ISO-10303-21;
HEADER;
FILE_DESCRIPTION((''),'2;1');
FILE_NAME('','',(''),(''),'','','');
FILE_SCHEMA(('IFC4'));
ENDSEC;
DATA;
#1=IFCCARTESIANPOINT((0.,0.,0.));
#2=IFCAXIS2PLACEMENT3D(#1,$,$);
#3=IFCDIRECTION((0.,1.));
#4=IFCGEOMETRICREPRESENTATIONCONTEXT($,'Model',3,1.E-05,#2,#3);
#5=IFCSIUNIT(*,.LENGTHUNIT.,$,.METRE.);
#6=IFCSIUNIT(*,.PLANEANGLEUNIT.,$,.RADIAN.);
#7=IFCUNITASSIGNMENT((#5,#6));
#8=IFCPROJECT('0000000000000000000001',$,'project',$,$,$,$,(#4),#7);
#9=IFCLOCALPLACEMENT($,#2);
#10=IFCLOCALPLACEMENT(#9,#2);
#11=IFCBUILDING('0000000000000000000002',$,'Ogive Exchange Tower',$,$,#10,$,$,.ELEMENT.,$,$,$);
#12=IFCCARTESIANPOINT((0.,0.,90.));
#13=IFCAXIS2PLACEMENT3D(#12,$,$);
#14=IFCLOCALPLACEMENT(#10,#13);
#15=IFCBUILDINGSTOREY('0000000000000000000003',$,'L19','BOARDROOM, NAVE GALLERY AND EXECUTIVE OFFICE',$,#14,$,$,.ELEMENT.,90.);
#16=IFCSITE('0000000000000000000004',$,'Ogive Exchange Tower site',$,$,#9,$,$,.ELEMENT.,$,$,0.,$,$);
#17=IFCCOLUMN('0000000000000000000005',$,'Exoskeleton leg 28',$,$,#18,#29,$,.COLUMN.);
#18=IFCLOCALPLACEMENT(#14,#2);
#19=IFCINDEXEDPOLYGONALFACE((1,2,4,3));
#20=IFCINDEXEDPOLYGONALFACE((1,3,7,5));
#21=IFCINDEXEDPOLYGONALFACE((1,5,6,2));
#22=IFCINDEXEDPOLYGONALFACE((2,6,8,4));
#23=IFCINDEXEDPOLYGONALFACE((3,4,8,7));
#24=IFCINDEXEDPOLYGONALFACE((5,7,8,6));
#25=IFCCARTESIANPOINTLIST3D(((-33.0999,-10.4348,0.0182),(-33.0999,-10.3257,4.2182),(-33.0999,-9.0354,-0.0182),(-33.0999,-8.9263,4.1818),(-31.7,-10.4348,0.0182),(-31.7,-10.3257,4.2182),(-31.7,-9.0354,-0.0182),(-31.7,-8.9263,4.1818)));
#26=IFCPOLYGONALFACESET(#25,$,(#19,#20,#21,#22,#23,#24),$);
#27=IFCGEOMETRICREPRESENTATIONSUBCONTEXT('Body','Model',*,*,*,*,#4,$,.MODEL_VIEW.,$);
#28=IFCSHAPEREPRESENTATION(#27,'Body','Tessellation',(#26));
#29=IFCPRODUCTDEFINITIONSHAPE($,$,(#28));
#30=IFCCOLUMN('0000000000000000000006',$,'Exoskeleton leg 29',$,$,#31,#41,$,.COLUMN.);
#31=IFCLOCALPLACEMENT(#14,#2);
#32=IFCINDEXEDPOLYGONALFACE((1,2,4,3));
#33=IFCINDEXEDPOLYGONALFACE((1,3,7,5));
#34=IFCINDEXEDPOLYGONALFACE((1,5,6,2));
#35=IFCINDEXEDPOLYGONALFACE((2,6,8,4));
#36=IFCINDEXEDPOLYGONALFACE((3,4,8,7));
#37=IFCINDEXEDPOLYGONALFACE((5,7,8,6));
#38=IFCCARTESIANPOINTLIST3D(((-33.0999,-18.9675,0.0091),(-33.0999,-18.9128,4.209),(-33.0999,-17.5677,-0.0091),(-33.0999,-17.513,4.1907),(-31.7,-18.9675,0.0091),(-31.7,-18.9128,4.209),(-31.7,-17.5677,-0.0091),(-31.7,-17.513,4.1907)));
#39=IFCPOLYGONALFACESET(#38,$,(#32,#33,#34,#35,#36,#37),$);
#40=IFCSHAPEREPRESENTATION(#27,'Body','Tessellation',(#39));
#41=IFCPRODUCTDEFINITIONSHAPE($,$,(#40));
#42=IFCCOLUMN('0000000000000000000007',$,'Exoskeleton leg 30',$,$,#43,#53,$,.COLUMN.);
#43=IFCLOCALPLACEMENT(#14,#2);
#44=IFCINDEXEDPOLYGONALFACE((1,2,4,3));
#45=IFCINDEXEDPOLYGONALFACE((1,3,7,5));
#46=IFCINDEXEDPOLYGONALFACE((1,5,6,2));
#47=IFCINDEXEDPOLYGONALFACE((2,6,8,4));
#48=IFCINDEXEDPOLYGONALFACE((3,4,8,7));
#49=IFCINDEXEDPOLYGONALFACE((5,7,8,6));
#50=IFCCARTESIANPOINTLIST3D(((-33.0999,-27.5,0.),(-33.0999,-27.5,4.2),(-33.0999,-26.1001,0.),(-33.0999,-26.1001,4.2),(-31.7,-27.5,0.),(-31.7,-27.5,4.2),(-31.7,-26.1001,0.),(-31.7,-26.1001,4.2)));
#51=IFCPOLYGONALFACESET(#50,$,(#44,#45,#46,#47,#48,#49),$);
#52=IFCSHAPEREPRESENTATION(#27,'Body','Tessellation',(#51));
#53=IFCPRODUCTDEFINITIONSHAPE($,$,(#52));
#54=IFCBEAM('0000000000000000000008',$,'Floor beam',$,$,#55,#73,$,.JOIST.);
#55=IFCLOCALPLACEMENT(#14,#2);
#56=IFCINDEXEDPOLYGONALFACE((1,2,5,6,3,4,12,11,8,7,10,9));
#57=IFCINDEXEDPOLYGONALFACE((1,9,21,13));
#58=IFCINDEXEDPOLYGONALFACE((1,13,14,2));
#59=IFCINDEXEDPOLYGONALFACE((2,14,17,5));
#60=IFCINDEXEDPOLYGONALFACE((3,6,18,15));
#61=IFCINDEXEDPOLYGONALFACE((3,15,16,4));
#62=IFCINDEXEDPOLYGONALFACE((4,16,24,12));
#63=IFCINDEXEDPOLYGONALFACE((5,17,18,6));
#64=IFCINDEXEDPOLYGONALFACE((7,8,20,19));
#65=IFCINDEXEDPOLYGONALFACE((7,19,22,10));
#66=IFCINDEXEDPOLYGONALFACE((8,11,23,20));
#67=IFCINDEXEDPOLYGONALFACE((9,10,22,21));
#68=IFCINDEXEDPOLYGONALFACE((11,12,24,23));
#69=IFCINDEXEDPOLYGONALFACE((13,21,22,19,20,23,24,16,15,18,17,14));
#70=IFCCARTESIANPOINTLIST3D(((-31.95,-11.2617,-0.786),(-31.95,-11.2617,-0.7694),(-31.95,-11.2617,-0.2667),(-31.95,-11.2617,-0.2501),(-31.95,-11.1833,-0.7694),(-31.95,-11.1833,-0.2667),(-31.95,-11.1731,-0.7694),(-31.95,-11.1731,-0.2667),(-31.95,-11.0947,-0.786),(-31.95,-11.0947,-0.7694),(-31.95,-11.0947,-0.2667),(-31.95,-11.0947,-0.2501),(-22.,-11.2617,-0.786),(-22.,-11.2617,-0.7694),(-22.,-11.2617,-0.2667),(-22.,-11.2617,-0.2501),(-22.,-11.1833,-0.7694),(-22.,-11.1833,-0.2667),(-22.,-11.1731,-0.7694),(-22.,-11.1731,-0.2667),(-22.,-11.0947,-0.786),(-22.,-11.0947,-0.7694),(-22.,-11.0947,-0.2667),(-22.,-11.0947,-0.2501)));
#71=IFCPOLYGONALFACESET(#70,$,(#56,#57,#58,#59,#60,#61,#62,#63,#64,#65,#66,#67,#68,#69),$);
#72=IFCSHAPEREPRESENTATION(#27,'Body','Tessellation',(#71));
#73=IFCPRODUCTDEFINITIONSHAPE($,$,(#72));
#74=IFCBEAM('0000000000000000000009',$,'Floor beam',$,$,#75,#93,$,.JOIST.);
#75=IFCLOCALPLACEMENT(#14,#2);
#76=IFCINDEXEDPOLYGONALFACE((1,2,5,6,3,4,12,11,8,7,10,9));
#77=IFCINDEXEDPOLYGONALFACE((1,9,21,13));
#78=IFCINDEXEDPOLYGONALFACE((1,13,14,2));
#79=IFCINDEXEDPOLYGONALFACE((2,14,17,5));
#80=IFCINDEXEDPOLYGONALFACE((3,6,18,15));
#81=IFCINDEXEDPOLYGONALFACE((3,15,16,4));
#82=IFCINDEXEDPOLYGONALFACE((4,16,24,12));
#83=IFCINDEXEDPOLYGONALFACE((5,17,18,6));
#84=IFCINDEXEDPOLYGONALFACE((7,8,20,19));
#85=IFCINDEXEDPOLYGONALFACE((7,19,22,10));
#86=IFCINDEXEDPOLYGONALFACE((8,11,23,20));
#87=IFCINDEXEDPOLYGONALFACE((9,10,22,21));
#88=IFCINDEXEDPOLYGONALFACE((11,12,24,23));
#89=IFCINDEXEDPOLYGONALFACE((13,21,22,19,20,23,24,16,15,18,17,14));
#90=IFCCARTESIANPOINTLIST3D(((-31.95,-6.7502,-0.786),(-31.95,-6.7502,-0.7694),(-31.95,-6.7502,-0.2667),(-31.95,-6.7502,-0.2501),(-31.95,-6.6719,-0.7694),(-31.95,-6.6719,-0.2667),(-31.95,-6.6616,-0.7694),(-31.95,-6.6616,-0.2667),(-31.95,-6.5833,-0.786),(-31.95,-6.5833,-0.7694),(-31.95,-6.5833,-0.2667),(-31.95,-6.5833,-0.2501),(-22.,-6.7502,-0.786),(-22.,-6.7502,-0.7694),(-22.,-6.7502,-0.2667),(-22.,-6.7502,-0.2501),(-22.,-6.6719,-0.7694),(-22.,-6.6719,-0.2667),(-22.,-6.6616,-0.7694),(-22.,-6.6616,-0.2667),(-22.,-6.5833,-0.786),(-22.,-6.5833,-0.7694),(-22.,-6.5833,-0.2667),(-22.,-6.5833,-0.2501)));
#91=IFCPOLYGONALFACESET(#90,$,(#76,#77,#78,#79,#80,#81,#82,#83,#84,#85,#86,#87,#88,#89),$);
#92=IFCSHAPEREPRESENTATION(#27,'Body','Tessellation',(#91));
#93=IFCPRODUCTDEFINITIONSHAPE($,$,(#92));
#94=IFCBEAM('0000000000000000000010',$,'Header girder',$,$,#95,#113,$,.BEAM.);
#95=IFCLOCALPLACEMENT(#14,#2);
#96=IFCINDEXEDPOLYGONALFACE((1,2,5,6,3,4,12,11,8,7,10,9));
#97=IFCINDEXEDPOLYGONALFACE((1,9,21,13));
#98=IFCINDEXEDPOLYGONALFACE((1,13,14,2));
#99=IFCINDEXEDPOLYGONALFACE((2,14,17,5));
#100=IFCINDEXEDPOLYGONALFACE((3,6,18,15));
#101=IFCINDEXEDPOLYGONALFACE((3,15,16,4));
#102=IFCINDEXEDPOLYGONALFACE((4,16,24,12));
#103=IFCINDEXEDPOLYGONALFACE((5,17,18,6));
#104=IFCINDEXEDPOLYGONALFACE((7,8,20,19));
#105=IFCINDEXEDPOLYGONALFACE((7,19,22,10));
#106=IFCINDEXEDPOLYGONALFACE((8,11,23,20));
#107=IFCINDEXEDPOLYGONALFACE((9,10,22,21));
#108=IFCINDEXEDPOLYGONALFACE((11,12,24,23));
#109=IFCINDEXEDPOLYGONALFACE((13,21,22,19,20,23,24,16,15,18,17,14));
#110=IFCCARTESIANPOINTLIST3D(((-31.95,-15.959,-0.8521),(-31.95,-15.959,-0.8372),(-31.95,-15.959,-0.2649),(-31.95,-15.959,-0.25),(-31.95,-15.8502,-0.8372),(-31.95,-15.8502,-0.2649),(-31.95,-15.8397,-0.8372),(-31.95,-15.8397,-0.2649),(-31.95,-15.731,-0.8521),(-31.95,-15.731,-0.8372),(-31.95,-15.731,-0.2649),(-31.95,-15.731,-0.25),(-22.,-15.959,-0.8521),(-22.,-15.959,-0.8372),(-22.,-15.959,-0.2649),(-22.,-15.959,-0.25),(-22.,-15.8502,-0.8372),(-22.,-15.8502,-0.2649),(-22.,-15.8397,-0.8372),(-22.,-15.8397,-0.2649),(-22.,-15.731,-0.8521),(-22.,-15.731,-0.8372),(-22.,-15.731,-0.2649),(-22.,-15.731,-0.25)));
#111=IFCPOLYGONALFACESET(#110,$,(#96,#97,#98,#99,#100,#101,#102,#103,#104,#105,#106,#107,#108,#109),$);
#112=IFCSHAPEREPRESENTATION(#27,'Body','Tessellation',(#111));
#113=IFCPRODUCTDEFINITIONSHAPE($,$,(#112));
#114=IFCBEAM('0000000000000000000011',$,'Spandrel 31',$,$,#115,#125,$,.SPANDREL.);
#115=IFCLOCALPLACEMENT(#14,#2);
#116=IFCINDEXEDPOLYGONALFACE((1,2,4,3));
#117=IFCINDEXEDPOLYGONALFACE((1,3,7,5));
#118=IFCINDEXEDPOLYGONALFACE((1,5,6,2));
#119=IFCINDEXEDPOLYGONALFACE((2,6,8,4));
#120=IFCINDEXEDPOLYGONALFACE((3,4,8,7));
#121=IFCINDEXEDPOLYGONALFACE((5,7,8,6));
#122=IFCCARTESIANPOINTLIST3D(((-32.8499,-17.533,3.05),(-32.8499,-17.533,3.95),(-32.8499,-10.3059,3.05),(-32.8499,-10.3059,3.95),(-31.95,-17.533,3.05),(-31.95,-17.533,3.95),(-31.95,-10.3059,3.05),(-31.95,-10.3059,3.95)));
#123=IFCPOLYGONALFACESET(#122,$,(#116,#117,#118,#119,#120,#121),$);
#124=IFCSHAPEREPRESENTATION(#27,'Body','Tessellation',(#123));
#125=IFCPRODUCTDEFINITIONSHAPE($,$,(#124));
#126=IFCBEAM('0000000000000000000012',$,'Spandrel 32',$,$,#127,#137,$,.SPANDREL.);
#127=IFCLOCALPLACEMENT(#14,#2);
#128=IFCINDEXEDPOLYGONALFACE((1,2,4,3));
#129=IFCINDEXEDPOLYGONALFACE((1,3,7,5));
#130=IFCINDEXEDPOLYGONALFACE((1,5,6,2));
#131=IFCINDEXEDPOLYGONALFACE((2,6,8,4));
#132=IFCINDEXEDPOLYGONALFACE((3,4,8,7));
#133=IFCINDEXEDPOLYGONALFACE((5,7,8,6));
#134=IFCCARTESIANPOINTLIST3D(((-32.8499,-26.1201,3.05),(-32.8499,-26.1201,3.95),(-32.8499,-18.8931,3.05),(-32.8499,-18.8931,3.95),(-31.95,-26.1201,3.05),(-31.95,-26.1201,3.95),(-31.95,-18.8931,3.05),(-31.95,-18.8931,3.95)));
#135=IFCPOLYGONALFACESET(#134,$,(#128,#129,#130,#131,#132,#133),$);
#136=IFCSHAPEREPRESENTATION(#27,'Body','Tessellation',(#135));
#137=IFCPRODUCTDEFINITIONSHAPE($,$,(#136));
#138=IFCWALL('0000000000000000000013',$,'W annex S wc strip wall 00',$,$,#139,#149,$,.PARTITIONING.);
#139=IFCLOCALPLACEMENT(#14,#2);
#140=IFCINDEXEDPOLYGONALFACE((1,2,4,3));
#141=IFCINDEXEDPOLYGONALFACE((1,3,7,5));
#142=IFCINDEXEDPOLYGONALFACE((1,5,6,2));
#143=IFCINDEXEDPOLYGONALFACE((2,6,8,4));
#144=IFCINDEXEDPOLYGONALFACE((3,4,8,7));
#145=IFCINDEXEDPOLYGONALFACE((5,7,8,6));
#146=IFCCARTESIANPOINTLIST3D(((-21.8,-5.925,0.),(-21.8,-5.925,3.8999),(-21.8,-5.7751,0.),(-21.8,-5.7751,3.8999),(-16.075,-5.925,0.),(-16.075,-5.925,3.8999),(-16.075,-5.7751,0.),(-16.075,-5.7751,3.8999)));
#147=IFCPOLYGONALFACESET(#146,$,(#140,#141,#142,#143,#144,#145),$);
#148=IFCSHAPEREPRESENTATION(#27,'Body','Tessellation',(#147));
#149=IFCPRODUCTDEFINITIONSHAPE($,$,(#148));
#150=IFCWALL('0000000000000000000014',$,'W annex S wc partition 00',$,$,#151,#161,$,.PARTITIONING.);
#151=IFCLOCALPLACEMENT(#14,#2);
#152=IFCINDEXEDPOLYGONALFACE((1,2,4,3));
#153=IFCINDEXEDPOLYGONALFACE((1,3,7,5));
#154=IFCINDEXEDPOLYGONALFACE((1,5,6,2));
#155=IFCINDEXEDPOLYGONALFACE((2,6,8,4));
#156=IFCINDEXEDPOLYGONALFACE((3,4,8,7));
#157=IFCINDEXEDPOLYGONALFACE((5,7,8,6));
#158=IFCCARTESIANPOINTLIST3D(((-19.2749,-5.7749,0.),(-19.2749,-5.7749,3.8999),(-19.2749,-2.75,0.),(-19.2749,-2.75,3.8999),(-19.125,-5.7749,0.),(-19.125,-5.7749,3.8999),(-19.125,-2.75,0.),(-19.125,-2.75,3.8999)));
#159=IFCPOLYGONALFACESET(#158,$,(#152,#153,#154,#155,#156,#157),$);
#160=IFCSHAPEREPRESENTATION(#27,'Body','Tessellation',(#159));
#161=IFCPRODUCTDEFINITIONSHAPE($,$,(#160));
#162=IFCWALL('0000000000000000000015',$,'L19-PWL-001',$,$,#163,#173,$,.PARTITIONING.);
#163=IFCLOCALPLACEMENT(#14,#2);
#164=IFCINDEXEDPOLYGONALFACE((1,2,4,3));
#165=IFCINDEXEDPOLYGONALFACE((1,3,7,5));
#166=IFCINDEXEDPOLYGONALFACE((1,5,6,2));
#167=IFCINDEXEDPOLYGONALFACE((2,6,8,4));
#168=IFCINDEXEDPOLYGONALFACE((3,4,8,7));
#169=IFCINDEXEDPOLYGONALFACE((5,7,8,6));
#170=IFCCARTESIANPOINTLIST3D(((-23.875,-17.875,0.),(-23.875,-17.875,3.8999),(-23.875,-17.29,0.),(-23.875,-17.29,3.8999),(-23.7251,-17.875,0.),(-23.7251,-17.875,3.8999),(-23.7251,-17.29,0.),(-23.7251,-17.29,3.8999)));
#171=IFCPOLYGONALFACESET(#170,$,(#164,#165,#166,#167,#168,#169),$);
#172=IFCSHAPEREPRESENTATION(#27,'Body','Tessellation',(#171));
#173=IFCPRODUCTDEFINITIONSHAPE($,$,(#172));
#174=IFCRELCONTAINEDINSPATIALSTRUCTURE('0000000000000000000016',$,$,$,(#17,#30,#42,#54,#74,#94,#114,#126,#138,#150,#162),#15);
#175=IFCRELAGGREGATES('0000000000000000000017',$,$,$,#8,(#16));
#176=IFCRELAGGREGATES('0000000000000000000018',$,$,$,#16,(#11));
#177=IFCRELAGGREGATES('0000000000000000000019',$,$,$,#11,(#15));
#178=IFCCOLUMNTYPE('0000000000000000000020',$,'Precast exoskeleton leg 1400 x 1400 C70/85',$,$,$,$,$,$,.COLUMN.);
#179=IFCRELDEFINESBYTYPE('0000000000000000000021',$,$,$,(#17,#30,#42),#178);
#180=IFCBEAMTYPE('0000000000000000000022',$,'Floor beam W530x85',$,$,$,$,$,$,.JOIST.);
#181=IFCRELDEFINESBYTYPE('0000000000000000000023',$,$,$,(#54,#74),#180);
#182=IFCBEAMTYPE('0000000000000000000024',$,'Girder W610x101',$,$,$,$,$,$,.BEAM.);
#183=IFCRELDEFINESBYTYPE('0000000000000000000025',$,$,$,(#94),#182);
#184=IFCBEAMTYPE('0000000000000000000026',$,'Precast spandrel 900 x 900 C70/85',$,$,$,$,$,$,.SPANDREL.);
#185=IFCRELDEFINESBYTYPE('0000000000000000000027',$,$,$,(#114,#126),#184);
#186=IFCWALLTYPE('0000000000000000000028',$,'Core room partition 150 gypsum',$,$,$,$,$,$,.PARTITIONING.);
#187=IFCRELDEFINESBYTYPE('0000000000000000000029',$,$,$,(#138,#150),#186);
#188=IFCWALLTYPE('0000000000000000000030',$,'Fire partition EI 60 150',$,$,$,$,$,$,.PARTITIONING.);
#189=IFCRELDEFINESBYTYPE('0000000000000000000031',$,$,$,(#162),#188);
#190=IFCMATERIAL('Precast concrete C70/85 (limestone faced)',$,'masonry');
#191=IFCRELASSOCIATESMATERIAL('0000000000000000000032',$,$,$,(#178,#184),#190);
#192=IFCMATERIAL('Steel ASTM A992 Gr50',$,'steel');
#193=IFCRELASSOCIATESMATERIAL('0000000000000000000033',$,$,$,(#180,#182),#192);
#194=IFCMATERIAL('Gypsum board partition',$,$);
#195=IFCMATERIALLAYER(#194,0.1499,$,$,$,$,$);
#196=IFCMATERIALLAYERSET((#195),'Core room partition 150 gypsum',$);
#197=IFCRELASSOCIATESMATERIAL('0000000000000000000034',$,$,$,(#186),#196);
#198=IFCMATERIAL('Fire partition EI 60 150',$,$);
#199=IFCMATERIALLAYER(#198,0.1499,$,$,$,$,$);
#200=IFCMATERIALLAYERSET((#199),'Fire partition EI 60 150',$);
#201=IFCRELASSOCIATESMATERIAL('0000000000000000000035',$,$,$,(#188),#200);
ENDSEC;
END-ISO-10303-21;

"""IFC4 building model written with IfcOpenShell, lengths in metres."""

from ifc_helpers import new_model, si_unit, direction, frame, frame_2d, origin, origin_2d, place, context, subcontext, project, spatial, rectangle, i_section, extrude, material, layer, layer_set, material_profile, profile_set, type_object, element, save


model = new_model("IFC4")

# Units and contexts
model_context = context("Model", 3, precision=1e-05, world=origin(), true_north=direction((0.0, 1.0)))
body_context = subcontext(model_context, "Body", "Model", "MODEL_VIEW")
ifc_project = project(units=[si_unit("LENGTHUNIT", "METRE"), si_unit("PLANEANGLEUNIT", "RADIAN")], contexts=[model_context])

# Site, building, storey
site_placement = place(None, origin())
site = spatial("IfcSite", under=ifc_project, at=site_placement, Name="Ogive Exchange Tower site", CompositionType="ELEMENT", RefElevation=0.0)
building_placement = place(site_placement, origin())
building = spatial("IfcBuilding", under=site, at=building_placement, Name="Ogive Exchange Tower", CompositionType="ELEMENT")
storey_placement = place(building_placement, frame((0.0, 0.0, 90.0)))
storey = spatial("IfcBuildingStorey", under=building, at=storey_placement, Name="L19", Description="BOARDROOM, NAVE GALLERY AND EXECUTIVE OFFICE", CompositionType="ELEMENT", Elevation=90.0)

# Columns
ifc_material_1 = material(Name="Precast concrete C70/85 (limestone faced)", Category="masonry")
ifc_material_profile_1 = material_profile(ifc_material_1, rectangle(XDim=1.3999, YDim=1.3999, at=origin_2d()), Name="1400 x 1400")
ifc_profile_set_1 = profile_set([ifc_material_profile_1], Name="Precast concrete C70/85 (limestone faced)")
column_type = type_object("IfcColumnType", Name="Precast exoskeleton leg 1400 x 1400 C70/85", PredefinedType="COLUMN", material=ifc_profile_set_1)
column_1_placement = place(storey_placement, frame((-32.3999, -9.7351, 0.0), z_axis=(0.0, 0.025975, 0.999663), x_axis=(-1.0, 0.0, 0.0)))
element("IfcColumn", 1, at=column_1_placement, inside=storey, type_object=column_type, Name="Exoskeleton leg 28", PredefinedType="COLUMN", context=body_context, shape_type="SweptSolid", body=[
    extrude(rectangle(XDim=1.3999, YDim=1.3999, at=origin_2d()), origin(), (0.0, 0.0, 1.0), 4.2014),
])
column_2_placement = place(storey_placement, frame((-32.3999, -18.2676, 0.0), z_axis=(0.0, 0.01302, 0.999915), x_axis=(-1.0, 0.0, 0.0)))
element("IfcColumn", 2, at=column_2_placement, inside=storey, type_object=column_type, Name="Exoskeleton leg 29", PredefinedType="COLUMN", context=body_context, shape_type="SweptSolid", body=[
    extrude(rectangle(XDim=1.3999, YDim=1.3999, at=origin_2d()), origin(), (0.0, 0.0, 1.0), 4.2002),
])
column_3_placement = place(storey_placement, frame((-32.3999, -26.8, 0.0), z_axis=(0.0, 0.0, 1.0), x_axis=(1.0, 0.0, 0.0)))
element("IfcColumn", 3, at=column_3_placement, inside=storey, type_object=column_type, Name="Exoskeleton leg 30", PredefinedType="COLUMN", context=body_context, shape_type="SweptSolid", body=[
    extrude(rectangle(XDim=1.3999, YDim=1.3999, at=origin_2d()), origin(), (0.0, 0.0, 1.0), 4.2),
])

# Beams
ifc_material_2 = material(Name="Steel ASTM A992 Gr50", Category="steel")
ifc_material_profile_2 = material_profile(ifc_material_2, i_section(OverallWidth=0.167, OverallDepth=0.5359, WebThickness=0.0103, FlangeThickness=0.0166, at=origin_2d()), Name="W530x85")
ifc_profile_set_2 = profile_set([ifc_material_profile_2], Name="Steel ASTM A992 Gr50")
beam_type_1 = type_object("IfcBeamType", Name="Floor beam W530x85", PredefinedType="JOIST", material=ifc_profile_set_2)
for number, where, z_axis, x_axis, name in (
    (4, (-31.95, -11.1782, -0.5181), (1.0, 0.0, 0.0), (0.0, 1.0, 0.0), "Floor beam"),
    (5, (-31.95, -6.6667, -0.5181), (1.0, 0.0, 0.0), (0.0, 1.0, 0.0), "Floor beam"),
):
    element("IfcBeam", number, at=place(storey_placement, frame(where, z_axis=z_axis, x_axis=x_axis)), inside=storey, type_object=beam_type_1, Name=name, PredefinedType="JOIST", context=body_context, shape_type="SweptSolid", body=[
        extrude(i_section(OverallWidth=0.167, OverallDepth=0.5359, WebThickness=0.0103, FlangeThickness=0.0166, at=origin_2d()), origin(), (0.0, 0.0, 1.0), 9.95),
    ])
ifc_material_profile_3 = material_profile(ifc_material_2, i_section(OverallWidth=0.228, OverallDepth=0.6021, WebThickness=0.0105, FlangeThickness=0.0149, at=origin_2d()), Name="W610x101")
ifc_profile_set_3 = profile_set([ifc_material_profile_3], Name="Steel ASTM A992 Gr50")
beam_type_2 = type_object("IfcBeamType", Name="Girder W610x101", PredefinedType="BEAM", material=ifc_profile_set_3)
beam_placement = place(storey_placement, frame((-31.95, -15.845, -0.551), z_axis=(1.0, 0.0, 0.0), x_axis=(0.0, 1.0, 0.0)))
element("IfcBeam", 6, at=beam_placement, inside=storey, type_object=beam_type_2, Name="Header girder", PredefinedType="BEAM", context=body_context, shape_type="SweptSolid", body=[
    extrude(i_section(OverallWidth=0.228, OverallDepth=0.6021, WebThickness=0.0105, FlangeThickness=0.0149, at=origin_2d()), origin(), (0.0, 0.0, 1.0), 9.95),
])
ifc_material_profile_4 = material_profile(ifc_material_1, rectangle(XDim=0.8999, YDim=0.8999, at=origin_2d()), Name="900 x 900")
ifc_profile_set_4 = profile_set([ifc_material_profile_4], Name="Precast concrete C70/85 (limestone faced)")
beam_type_3 = type_object("IfcBeamType", Name="Precast spandrel 900 x 900 C70/85", PredefinedType="SPANDREL", material=ifc_profile_set_4)
for number, where, z_axis, x_axis, name in (
    (7, (-32.3999, -10.3059, 3.5), (0.0, -1.0, 0.0), (1.0, 0.0, 0.0), "Spandrel 31"),
    (8, (-32.3999, -18.8931, 3.5), (0.0, -1.0, 0.0), (1.0, 0.0, 0.0), "Spandrel 32"),
):
    element("IfcBeam", number, at=place(storey_placement, frame(where, z_axis=z_axis, x_axis=x_axis)), inside=storey, type_object=beam_type_3, Name=name, PredefinedType="SPANDREL", context=body_context, shape_type="SweptSolid", body=[
        extrude(rectangle(XDim=0.8999, YDim=0.8999, at=origin_2d()), origin(), (0.0, 0.0, 1.0), 7.2271),
    ])

# Walls
ifc_material_3 = material(Name="Gypsum board partition")
ifc_layer_1 = layer(ifc_material_3, 0.1499)
ifc_layer_set_1 = layer_set([ifc_layer_1], Name="Core room partition 150 gypsum")
wall_type_1 = type_object("IfcWallType", Name="Core room partition 150 gypsum", PredefinedType="PARTITIONING", material=ifc_layer_set_1)
wall_1_placement = place(storey_placement, frame((-21.8, -5.8501, 0.0), z_axis=(0.0, 0.0, 1.0), x_axis=(1.0, 0.0, 0.0)))
element("IfcWall", 9, at=wall_1_placement, inside=storey, type_object=wall_type_1, Name="W annex S wc strip wall 00", PredefinedType="PARTITIONING", context=body_context, shape_type="SweptSolid", body=[
    extrude(rectangle(XDim=5.7251, YDim=0.1499, at=frame_2d((2.8625, 0.0))), origin(), (0.0, 0.0, 1.0), 3.8999),
])
wall_2_placement = place(storey_placement, frame((-19.2, -5.7749, 0.0), z_axis=(0.0, 0.0, 1.0), x_axis=(0.0, 1.0, 0.0)))
element("IfcWall", 10, at=wall_2_placement, inside=storey, type_object=wall_type_1, Name="W annex S wc partition 00", PredefinedType="PARTITIONING", context=body_context, shape_type="SweptSolid", body=[
    extrude(rectangle(XDim=3.0249, YDim=0.1499, at=frame_2d((1.5125, 0.0))), origin(), (0.0, 0.0, 1.0), 3.8999),
])
ifc_material_4 = material(Name="Fire partition EI 60 150")
ifc_layer_2 = layer(ifc_material_4, 0.1499)
ifc_layer_set_2 = layer_set([ifc_layer_2], Name="Fire partition EI 60 150")
wall_type_2 = type_object("IfcWallType", Name="Fire partition EI 60 150", PredefinedType="PARTITIONING", material=ifc_layer_set_2)
wall_3_placement = place(storey_placement, frame((-23.8, -17.875, 0.0), z_axis=(0.0, 0.0, 1.0), x_axis=(0.0, 1.0, 0.0)))
element("IfcWall", 11, at=wall_3_placement, inside=storey, type_object=wall_type_2, Name="L19-PWL-001", PredefinedType="PARTITIONING", context=body_context, shape_type="SweptSolid", body=[
    extrude(rectangle(XDim=0.585, YDim=0.1499, at=frame_2d((0.2925, 0.0))), origin(), (0.0, 0.0, 1.0), 3.8999),
])

save(model, "model.ifc")
